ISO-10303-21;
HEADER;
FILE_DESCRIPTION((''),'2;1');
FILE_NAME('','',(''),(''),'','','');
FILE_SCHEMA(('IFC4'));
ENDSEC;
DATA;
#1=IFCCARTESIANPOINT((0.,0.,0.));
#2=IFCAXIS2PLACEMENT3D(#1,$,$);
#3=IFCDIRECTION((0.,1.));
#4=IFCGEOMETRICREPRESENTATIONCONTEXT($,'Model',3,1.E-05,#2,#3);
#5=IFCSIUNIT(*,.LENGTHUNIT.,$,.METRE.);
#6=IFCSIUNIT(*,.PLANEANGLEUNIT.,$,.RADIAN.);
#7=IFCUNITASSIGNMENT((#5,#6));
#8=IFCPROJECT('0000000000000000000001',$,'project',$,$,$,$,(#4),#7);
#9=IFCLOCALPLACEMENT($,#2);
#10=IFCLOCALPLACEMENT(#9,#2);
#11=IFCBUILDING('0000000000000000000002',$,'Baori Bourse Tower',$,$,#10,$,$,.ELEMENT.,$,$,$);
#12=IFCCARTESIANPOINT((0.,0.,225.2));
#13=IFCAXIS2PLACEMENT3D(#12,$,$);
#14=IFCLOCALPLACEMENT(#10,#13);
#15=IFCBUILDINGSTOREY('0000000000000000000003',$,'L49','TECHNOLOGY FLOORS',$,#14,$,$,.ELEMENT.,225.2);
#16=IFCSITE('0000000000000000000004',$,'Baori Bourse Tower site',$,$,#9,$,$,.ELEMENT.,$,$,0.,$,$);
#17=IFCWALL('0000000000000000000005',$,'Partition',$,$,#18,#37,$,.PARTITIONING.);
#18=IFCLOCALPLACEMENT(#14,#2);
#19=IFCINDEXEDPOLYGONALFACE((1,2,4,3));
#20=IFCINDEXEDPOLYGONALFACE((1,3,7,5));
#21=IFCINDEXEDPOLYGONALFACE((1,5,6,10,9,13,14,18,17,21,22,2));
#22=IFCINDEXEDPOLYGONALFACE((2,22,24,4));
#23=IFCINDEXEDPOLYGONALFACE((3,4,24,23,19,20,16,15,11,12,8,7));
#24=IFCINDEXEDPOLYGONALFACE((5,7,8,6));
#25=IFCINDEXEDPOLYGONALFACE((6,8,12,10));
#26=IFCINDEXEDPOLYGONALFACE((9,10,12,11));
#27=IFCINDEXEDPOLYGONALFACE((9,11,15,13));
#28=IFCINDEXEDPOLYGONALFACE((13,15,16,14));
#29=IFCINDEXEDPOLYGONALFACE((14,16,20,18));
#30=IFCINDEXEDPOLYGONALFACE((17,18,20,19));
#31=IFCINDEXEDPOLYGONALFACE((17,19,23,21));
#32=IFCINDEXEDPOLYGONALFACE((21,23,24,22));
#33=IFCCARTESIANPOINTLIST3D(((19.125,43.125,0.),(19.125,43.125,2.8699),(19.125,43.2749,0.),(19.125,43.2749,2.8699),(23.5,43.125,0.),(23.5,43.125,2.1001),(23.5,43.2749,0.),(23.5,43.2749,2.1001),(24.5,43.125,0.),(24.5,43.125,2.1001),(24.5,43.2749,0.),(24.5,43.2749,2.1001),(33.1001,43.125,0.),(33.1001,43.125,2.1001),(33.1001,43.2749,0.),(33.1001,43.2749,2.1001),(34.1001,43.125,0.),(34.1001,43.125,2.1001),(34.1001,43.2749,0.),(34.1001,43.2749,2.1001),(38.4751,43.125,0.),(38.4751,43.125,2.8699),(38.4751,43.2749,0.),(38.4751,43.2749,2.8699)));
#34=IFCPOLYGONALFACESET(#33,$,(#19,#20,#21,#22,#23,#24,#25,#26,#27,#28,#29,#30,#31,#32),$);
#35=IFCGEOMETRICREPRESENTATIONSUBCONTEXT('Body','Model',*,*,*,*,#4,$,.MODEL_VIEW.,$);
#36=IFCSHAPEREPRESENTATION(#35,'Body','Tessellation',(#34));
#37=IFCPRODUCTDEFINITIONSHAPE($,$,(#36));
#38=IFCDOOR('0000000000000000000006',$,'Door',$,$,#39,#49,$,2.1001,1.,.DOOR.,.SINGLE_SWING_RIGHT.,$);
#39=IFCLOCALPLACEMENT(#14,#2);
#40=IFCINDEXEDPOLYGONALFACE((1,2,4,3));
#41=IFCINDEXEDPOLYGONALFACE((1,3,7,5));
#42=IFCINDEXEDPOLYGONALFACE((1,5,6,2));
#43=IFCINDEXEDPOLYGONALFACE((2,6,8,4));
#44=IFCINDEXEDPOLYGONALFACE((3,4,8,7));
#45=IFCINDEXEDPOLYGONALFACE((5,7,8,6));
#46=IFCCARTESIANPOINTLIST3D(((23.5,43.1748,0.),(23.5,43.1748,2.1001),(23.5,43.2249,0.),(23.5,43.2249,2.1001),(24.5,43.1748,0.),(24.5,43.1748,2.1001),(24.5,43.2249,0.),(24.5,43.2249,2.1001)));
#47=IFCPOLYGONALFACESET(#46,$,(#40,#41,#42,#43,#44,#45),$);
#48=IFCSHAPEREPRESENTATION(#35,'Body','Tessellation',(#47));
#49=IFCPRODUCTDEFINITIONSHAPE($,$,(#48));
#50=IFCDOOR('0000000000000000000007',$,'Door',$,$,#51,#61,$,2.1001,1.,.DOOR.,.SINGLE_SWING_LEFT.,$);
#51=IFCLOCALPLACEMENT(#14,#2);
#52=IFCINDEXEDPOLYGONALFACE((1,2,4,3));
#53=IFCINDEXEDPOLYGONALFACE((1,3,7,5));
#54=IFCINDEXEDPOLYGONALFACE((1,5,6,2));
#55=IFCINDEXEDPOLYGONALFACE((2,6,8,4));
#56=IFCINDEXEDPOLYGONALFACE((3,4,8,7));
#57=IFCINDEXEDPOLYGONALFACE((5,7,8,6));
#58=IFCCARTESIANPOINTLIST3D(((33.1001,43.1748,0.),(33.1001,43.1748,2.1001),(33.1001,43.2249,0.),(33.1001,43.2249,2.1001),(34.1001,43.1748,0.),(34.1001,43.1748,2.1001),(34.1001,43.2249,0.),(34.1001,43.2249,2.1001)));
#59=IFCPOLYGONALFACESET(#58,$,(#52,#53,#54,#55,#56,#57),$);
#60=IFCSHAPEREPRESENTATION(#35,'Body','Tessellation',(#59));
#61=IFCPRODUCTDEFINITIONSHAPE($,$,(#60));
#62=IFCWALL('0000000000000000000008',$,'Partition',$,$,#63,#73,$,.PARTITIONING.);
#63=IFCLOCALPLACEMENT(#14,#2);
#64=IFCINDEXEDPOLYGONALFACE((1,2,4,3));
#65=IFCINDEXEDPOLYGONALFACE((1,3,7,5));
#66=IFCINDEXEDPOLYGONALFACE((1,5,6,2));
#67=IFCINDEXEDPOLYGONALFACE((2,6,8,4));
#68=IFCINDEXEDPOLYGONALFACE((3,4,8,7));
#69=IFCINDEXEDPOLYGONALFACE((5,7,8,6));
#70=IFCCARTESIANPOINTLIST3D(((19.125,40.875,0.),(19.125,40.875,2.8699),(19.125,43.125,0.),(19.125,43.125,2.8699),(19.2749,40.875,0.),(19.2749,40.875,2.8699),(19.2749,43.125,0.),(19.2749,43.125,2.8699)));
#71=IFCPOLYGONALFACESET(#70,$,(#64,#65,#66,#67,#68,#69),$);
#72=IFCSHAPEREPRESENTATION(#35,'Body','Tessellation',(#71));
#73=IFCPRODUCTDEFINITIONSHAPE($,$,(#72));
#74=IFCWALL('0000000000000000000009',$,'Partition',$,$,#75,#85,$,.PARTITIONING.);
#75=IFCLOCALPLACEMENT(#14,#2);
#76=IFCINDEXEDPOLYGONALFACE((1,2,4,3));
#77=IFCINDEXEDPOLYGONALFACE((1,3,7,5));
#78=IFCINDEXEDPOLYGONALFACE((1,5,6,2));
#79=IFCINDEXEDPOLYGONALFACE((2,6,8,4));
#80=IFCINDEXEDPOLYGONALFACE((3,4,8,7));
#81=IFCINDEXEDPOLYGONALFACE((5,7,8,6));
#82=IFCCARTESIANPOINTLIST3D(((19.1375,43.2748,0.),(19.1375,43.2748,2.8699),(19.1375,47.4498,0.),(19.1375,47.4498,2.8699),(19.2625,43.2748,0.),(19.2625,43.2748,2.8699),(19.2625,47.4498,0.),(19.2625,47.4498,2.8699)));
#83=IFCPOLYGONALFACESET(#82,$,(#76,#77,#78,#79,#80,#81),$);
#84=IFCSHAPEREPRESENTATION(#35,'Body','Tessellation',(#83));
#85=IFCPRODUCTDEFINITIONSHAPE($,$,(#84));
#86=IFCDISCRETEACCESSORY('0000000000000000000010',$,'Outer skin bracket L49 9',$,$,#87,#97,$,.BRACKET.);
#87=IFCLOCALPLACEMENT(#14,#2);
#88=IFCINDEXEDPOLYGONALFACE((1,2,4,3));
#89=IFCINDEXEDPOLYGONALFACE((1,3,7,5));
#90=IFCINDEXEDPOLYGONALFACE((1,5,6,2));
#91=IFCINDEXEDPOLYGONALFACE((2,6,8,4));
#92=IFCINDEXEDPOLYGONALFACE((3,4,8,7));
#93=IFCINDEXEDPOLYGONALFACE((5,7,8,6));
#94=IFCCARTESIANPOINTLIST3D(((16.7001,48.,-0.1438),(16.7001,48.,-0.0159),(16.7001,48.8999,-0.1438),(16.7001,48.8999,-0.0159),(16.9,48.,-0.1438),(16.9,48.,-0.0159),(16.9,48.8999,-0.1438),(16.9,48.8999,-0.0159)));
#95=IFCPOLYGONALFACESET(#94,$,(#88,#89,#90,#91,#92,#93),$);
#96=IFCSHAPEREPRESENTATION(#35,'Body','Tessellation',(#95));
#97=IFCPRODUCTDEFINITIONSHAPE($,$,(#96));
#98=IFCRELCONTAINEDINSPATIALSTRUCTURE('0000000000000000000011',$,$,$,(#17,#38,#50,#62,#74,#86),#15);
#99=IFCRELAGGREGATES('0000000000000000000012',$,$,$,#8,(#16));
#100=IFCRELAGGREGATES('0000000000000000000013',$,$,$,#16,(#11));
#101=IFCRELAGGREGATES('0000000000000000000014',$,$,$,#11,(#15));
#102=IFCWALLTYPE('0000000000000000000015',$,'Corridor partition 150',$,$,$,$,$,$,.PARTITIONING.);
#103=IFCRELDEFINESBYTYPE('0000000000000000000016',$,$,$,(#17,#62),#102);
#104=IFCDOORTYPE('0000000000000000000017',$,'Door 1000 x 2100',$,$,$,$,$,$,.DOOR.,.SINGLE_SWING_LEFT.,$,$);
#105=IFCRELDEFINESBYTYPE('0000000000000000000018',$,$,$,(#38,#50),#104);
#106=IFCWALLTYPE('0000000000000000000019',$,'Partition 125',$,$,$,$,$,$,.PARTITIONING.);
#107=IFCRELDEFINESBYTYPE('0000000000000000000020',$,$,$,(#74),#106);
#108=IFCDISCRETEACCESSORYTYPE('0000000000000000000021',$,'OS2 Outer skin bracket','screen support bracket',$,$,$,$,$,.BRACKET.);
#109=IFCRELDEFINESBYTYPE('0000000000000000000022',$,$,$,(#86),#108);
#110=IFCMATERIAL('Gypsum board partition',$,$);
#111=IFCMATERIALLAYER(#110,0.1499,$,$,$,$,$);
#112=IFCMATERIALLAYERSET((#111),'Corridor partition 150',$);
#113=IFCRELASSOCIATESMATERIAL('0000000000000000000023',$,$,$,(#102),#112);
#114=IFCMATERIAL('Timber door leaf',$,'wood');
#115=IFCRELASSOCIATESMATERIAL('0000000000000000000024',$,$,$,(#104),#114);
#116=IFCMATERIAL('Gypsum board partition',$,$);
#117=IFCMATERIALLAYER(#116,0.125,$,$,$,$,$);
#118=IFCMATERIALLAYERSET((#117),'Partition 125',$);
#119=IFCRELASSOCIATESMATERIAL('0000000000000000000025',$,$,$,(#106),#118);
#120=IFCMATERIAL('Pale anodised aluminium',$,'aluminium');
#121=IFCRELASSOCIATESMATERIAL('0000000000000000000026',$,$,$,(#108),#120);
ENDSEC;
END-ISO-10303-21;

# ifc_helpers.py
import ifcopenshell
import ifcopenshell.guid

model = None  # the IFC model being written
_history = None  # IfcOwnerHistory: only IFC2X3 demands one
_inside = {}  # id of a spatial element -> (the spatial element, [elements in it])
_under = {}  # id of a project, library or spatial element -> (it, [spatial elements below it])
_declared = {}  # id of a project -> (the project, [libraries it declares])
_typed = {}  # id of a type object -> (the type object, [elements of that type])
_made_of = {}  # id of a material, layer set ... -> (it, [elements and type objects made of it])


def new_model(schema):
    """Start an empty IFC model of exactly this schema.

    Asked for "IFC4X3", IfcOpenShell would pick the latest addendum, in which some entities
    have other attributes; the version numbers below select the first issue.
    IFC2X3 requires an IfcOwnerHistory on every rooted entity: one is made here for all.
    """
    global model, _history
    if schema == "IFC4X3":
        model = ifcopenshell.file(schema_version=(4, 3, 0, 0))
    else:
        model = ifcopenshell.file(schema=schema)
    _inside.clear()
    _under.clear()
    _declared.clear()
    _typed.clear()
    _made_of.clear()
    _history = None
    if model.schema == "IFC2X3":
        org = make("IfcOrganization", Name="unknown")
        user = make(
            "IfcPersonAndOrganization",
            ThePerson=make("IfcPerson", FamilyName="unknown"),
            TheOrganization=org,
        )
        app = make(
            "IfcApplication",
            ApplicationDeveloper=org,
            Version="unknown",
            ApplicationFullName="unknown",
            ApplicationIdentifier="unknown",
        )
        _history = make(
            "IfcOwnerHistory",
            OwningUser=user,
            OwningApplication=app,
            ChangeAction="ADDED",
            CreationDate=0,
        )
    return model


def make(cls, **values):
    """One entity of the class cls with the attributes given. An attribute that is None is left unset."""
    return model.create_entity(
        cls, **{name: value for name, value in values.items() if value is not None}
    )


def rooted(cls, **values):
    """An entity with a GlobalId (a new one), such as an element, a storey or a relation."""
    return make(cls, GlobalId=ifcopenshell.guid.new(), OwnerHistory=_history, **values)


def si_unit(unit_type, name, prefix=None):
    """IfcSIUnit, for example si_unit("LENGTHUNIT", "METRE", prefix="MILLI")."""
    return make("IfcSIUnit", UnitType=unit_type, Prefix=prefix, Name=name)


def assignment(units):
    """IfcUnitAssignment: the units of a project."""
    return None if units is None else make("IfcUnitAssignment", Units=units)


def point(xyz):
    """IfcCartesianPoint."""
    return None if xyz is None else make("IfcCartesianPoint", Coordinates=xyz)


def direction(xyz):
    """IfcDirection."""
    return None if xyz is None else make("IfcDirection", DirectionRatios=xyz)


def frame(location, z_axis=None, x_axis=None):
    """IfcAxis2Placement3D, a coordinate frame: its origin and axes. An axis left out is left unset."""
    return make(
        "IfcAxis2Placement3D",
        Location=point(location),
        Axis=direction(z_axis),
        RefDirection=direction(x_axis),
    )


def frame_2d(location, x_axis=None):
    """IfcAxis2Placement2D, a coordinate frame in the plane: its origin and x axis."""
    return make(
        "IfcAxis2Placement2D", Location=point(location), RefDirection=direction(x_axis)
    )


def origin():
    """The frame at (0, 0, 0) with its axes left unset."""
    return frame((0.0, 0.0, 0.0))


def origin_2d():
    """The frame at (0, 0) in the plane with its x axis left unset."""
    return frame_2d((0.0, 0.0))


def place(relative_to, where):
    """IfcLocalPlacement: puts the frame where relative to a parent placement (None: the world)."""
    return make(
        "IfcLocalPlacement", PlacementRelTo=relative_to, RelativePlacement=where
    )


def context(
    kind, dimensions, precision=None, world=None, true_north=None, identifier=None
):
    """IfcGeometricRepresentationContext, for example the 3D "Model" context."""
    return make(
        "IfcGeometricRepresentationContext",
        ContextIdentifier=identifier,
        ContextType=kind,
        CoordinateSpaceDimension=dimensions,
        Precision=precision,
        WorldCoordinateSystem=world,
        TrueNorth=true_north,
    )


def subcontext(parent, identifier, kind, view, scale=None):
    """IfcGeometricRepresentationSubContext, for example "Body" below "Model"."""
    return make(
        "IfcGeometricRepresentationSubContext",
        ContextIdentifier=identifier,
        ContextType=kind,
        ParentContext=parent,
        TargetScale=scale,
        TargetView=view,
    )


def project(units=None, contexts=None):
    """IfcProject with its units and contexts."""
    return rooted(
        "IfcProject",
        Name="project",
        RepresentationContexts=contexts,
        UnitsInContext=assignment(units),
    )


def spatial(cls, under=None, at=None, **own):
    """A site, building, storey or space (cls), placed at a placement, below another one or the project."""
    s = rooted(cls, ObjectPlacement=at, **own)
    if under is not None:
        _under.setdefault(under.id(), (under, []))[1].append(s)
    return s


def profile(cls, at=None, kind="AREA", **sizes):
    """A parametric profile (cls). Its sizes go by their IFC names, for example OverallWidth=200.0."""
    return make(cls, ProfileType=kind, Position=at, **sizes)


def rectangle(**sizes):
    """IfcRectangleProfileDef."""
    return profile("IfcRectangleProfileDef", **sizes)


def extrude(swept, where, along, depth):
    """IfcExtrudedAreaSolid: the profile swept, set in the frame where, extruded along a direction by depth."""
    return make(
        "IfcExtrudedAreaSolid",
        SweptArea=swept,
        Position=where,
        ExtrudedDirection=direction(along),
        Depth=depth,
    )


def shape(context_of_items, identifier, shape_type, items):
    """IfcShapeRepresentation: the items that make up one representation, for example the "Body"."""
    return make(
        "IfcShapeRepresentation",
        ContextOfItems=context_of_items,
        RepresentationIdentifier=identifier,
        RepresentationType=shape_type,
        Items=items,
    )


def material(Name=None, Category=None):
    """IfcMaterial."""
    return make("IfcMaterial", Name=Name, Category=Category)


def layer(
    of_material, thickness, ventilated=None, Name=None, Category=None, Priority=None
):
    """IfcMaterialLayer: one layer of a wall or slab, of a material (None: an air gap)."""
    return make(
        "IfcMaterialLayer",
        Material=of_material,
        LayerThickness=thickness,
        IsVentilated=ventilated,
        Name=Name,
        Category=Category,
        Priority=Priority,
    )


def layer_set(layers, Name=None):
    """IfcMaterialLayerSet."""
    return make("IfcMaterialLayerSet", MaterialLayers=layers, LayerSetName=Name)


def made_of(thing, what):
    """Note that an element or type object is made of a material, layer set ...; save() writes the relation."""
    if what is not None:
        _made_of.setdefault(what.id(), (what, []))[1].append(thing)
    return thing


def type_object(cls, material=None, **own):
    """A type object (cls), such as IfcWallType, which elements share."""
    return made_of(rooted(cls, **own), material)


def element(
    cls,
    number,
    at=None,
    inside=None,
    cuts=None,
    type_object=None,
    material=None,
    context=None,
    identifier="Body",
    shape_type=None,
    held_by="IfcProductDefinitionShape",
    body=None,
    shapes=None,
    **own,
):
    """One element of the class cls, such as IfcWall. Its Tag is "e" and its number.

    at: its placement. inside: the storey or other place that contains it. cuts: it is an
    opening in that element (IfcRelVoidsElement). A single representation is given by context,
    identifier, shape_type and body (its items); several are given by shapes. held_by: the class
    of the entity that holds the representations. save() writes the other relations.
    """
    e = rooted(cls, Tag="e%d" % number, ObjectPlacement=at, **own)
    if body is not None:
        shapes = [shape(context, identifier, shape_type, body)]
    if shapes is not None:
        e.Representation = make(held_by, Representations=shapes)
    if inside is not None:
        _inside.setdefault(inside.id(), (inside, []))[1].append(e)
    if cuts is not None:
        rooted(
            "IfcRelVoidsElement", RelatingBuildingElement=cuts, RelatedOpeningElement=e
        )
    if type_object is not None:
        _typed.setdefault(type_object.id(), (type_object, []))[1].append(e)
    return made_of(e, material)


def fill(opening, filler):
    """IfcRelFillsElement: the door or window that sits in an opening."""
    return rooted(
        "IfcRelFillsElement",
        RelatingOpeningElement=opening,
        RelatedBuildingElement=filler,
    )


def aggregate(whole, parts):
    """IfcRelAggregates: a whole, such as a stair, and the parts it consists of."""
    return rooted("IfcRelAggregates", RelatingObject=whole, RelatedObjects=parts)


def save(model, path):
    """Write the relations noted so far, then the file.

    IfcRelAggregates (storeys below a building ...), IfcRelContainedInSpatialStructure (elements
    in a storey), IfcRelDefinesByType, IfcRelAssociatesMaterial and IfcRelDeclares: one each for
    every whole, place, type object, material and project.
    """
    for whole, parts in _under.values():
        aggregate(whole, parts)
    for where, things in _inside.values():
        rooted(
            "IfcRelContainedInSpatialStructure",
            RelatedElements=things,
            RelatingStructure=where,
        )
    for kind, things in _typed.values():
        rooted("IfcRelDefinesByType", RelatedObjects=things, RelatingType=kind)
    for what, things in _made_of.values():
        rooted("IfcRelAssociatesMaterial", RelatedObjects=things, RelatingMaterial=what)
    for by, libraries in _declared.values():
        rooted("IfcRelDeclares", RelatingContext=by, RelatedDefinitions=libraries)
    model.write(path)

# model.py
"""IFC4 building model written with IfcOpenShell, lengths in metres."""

from ifc_helpers import new_model, si_unit, direction, frame, frame_2d, origin, origin_2d, place, context, subcontext, project, spatial, rectangle, extrude, material, layer, layer_set, type_object, element, fill, save


model = new_model("IFC4")

# Units and contexts
model_context = context("Model", 3, precision=1e-05, world=origin(), true_north=direction((0.0, 1.0)))
body_context = subcontext(model_context, "Body", "Model", "MODEL_VIEW")
ifc_project = project(units=[si_unit("LENGTHUNIT", "METRE"), si_unit("PLANEANGLEUNIT", "RADIAN")], contexts=[model_context])

# Site, building, storey
site_placement = place(None, origin())
site = spatial("IfcSite", under=ifc_project, at=site_placement, Name="Baori Bourse Tower site", CompositionType="ELEMENT", RefElevation=0.0)
building_placement = place(site_placement, origin())
building = spatial("IfcBuilding", under=site, at=building_placement, Name="Baori Bourse Tower", CompositionType="ELEMENT")
storey_placement = place(building_placement, frame((0.0, 0.0, 225.2)))
storey = spatial("IfcBuildingStorey", under=building, at=storey_placement, Name="L49", Description="TECHNOLOGY FLOORS", CompositionType="ELEMENT", Elevation=225.2)

# Wall, openings, doors
ifc_material_1 = material(Name="Gypsum board partition")
ifc_layer_1 = layer(ifc_material_1, 0.1499)
ifc_layer_set_1 = layer_set([ifc_layer_1], Name="Corridor partition 150")
wall_type_1 = type_object("IfcWallType", Name="Corridor partition 150", PredefinedType="PARTITIONING", material=ifc_layer_set_1)
ifc_material_2 = material(Name="Timber door leaf", Category="wood")
door_type_1 = type_object("IfcDoorType", Name="Door 1000 x 2100", OperationType="SINGLE_SWING_LEFT", PredefinedType="DOOR", material=ifc_material_2)
wall_1_placement = place(storey_placement, frame((19.125, 43.2, 0.0), z_axis=(0.0, 0.0, 1.0), x_axis=(1.0, 0.0, 0.0)))
wall_1 = element("IfcWall", 1, at=wall_1_placement, inside=storey, type_object=wall_type_1, Name="Partition", PredefinedType="PARTITIONING", context=body_context, shape_type="SweptSolid", body=[
    extrude(rectangle(XDim=19.3501, YDim=0.1499, at=frame_2d((9.675, 0.0))), origin(), (0.0, 0.0, 1.0), 2.8699),
])
opening_1_placement = place(wall_1_placement, frame((4.375, 0.0, 0.0)))
opening_1 = element("IfcOpeningElement", 2, at=opening_1_placement, cuts=wall_1, PredefinedType="OPENING", context=body_context, shape_type="SweptSolid", body=[
    extrude(rectangle(XDim=1.0, YDim=2.1001, at=frame_2d((0.5, 1.05))), frame((0.0, 0.085, 0.0), z_axis=(0.0, -1.0, 0.0), x_axis=(1.0, 0.0, 0.0)), (0.0, 0.0, 1.0), 0.1699),
])
opening_2_placement = place(wall_1_placement, frame((13.9751, 0.0, 0.0)))
opening_2 = element("IfcOpeningElement", 3, at=opening_2_placement, cuts=wall_1, PredefinedType="OPENING", context=body_context, shape_type="SweptSolid", body=[
    extrude(rectangle(XDim=1.0, YDim=2.1001, at=frame_2d((0.5, 1.05))), frame((0.0, 0.085, 0.0), z_axis=(0.0, -1.0, 0.0), x_axis=(1.0, 0.0, 0.0)), (0.0, 0.0, 1.0), 0.1699),
])
door_1_placement = place(opening_1_placement, origin())
door_1 = element("IfcDoor", 4, at=door_1_placement, inside=storey, type_object=door_type_1, Name="Door", OperationType="SINGLE_SWING_RIGHT", OverallHeight=2.1001, OverallWidth=1.0, PredefinedType="DOOR", context=body_context, shape_type="SweptSolid", body=[
    extrude(rectangle(XDim=1.0, YDim=2.1001, at=frame_2d((0.5, 1.05))), frame((0.0, 0.0249, 0.0), z_axis=(0.0, -1.0, 0.0), x_axis=(1.0, 0.0, 0.0)), (0.0, 0.0, 1.0), 0.05),
])
fill(opening_1, door_1)
door_2_placement = place(opening_2_placement, origin())
door_2 = element("IfcDoor", 5, at=door_2_placement, inside=storey, type_object=door_type_1, Name="Door", OperationType="SINGLE_SWING_LEFT", OverallHeight=2.1001, OverallWidth=1.0, PredefinedType="DOOR", context=body_context, shape_type="SweptSolid", body=[
    extrude(rectangle(XDim=1.0, YDim=2.1001, at=frame_2d((0.5, 1.05))), frame((0.0, 0.0249, 0.0), z_axis=(0.0, -1.0, 0.0), x_axis=(1.0, 0.0, 0.0)), (0.0, 0.0, 1.0), 0.05),
])
fill(opening_2, door_2)

# Walls
wall_2_placement = place(storey_placement, frame((19.2, 40.875, 0.0), z_axis=(0.0, 0.0, 1.0), x_axis=(0.0, 1.0, 0.0)))
element("IfcWall", 6, at=wall_2_placement, inside=storey, type_object=wall_type_1, Name="Partition", PredefinedType="PARTITIONING", context=body_context, shape_type="SweptSolid", body=[
    extrude(rectangle(XDim=2.25, YDim=0.1499, at=frame_2d((1.125, 0.0))), origin(), (0.0, 0.0, 1.0), 2.8699),
])
ifc_material_3 = material(Name="Gypsum board partition")
ifc_layer_2 = layer(ifc_material_3, 0.125)
ifc_layer_set_2 = layer_set([ifc_layer_2], Name="Partition 125")
wall_type_2 = type_object("IfcWallType", Name="Partition 125", PredefinedType="PARTITIONING", material=ifc_layer_set_2)
wall_3_placement = place(storey_placement, frame((19.2, 43.2749, 0.0), z_axis=(0.0, 0.0, 1.0), x_axis=(0.0, 1.0, 0.0)))
element("IfcWall", 7, at=wall_3_placement, inside=storey, type_object=wall_type_2, Name="Partition", PredefinedType="PARTITIONING", context=body_context, shape_type="SweptSolid", body=[
    extrude(rectangle(XDim=4.175, YDim=0.125, at=frame_2d((2.0874, 0.0))), origin(), (0.0, 0.0, 1.0), 2.8699),
])

# Discrete accessory
ifc_material_4 = material(Name="Pale anodised aluminium", Category="aluminium")
discrete_accessory_type = type_object("IfcDiscreteAccessoryType", Name="OS2 Outer skin bracket", Description="screen support bracket", PredefinedType="BRACKET", material=ifc_material_4)
discrete_accessory_placement = place(storey_placement, frame((16.8, 48.45, -0.1438), z_axis=(0.0, 0.0, 1.0), x_axis=(-1.0, 0.0, 0.0)))
element("IfcDiscreteAccessory", 8, at=discrete_accessory_placement, inside=storey, type_object=discrete_accessory_type, Name="Outer skin bracket L49 9", PredefinedType="BRACKET", context=body_context, shape_type="SweptSolid", body=[
    extrude(rectangle(XDim=0.2, YDim=0.8999, at=origin_2d()), origin(), (0.0, 0.0, 1.0), 0.1279),
])

save(model, "model.ifc")
